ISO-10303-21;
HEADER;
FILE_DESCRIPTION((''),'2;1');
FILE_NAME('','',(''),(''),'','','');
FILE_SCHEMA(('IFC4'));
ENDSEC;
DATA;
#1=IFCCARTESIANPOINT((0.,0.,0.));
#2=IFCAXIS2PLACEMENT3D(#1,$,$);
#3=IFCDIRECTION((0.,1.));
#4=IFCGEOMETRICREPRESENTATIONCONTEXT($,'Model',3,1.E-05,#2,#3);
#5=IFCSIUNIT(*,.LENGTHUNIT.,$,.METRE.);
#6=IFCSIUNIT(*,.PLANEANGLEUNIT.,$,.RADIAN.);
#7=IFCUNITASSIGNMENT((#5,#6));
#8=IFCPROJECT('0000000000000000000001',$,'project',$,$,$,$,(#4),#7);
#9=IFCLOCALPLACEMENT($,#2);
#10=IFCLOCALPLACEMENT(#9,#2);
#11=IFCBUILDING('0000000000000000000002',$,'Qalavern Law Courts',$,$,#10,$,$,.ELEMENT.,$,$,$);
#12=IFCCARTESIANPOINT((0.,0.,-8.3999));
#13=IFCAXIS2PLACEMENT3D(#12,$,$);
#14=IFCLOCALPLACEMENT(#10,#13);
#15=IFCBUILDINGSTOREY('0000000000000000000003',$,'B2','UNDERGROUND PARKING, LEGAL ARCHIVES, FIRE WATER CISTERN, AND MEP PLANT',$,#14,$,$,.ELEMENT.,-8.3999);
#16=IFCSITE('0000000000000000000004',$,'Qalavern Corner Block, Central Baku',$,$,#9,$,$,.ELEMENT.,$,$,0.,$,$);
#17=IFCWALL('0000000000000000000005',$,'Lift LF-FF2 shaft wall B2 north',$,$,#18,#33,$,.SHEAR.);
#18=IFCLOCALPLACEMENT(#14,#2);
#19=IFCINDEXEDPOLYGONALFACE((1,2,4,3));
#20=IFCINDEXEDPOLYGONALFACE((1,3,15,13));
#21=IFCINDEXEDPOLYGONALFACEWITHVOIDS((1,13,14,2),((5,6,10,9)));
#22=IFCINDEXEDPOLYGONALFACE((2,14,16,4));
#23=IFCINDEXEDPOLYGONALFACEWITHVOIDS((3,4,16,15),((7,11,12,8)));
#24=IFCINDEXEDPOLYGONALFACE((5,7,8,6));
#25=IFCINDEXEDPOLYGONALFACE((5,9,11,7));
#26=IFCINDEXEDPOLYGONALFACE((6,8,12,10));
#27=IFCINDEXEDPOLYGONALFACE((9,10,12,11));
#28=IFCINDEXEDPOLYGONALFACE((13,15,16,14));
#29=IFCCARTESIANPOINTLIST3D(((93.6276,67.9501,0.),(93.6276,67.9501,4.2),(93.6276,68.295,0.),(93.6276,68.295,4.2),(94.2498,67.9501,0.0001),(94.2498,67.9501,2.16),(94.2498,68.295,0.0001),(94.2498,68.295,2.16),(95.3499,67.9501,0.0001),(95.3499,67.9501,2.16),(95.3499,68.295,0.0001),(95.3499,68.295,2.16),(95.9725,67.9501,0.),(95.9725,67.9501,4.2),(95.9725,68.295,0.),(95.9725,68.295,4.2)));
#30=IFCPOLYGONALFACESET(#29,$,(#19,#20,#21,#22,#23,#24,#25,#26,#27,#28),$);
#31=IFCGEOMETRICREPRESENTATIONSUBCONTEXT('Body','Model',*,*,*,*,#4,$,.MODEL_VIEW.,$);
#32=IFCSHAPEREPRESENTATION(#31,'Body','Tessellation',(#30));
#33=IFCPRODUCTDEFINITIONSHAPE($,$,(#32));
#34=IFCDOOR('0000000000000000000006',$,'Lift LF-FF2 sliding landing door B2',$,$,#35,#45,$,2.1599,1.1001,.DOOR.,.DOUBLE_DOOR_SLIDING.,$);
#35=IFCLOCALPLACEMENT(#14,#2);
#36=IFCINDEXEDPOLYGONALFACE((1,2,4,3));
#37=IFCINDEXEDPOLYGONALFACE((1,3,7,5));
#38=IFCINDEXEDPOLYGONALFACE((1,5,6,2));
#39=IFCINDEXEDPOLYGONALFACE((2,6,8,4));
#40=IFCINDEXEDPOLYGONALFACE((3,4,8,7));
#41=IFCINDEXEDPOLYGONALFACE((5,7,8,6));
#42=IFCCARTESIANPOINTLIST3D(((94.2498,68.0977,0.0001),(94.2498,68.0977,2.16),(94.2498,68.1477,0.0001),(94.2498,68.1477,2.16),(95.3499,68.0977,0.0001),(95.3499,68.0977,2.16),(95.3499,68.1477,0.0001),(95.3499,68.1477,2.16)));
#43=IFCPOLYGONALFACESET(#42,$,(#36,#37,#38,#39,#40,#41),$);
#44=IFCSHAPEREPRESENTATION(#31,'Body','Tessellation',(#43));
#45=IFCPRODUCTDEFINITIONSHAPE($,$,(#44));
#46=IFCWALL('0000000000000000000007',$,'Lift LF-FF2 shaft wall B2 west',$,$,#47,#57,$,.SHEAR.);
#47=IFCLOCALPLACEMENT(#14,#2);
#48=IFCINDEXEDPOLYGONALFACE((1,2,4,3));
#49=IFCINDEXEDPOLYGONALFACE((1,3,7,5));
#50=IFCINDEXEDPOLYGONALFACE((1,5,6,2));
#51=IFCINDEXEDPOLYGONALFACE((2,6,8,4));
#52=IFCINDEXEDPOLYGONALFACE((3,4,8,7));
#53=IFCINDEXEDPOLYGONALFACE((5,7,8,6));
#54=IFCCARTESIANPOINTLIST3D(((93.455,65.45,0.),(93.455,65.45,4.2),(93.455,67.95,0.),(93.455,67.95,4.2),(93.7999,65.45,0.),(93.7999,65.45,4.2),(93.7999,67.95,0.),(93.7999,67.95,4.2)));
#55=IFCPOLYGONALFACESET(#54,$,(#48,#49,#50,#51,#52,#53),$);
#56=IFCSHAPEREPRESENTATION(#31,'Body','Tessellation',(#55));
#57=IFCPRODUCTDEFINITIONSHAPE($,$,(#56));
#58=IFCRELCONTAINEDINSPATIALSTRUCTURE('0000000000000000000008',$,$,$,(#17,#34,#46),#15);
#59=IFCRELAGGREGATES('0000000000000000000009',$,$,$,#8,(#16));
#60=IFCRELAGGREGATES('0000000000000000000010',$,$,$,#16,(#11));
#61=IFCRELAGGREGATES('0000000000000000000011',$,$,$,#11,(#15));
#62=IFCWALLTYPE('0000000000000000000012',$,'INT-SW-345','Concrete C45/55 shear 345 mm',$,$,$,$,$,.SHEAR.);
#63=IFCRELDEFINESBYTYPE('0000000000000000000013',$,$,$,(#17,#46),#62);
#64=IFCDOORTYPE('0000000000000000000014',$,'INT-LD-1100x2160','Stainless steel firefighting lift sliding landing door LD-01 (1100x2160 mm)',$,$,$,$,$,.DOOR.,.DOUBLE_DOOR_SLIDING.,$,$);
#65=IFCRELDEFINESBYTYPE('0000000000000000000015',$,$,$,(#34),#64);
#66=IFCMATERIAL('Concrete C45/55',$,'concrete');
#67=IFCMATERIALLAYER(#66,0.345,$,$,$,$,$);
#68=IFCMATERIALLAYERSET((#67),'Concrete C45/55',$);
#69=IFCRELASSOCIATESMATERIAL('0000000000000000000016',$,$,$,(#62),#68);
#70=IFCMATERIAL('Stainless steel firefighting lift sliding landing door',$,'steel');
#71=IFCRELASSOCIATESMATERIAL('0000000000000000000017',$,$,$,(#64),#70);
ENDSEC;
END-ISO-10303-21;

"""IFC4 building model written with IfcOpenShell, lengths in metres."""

from ifc_helpers import new_model, si_unit, direction, frame, frame_2d, origin, place, context, subcontext, project, spatial, rectangle, extrude, material, layer, layer_set, type_object, element, fill, save


model = new_model("IFC4")

# Units and contexts
model_context = context("Model", 3, precision=1e-05, world=origin(), true_north=direction((0.0, 1.0)))
body_context = subcontext(model_context, "Body", "Model", "MODEL_VIEW")
ifc_project = project(units=[si_unit("LENGTHUNIT", "METRE"), si_unit("PLANEANGLEUNIT", "RADIAN")], contexts=[model_context])

# Site, building, storey
site_placement = place(None, origin())
site = spatial("IfcSite", under=ifc_project, at=site_placement, Name="Qalavern Corner Block, Central Baku", CompositionType="ELEMENT", RefElevation=0.0)
building_placement = place(site_placement, origin())
building = spatial("IfcBuilding", under=site, at=building_placement, Name="Qalavern Law Courts", CompositionType="ELEMENT")
storey_placement = place(building_placement, frame((0.0, 0.0, -8.3999)))
storey = spatial("IfcBuildingStorey", under=building, at=storey_placement, Name="B2", Description="UNDERGROUND PARKING, LEGAL ARCHIVES, FIRE WATER CISTERN, AND MEP PLANT", CompositionType="ELEMENT", Elevation=-8.3999)

# Shared definitions
ifc_material_1 = material(Name="Concrete C45/55", Category="concrete")
ifc_layer_1 = layer(ifc_material_1, 0.345)
ifc_layer_set_1 = layer_set([ifc_layer_1], Name="Concrete C45/55")
wall_type_1 = type_object("IfcWallType", Name="INT-SW-345", Description="Concrete C45/55 shear 345 mm", PredefinedType="SHEAR", material=ifc_layer_set_1)

# Wall, opening, door
wall_1_placement = place(storey_placement, frame((95.9724, 68.1226, 0.0), z_axis=(0.0, 0.0, 1.0), x_axis=(-1.0, 0.0, 0.0)))
wall_1 = element("IfcWall", 1, at=wall_1_placement, inside=storey, type_object=wall_type_1, Name="Lift LF-FF2 shaft wall B2 north", PredefinedType="SHEAR", context=body_context, shape_type="SweptSolid", body=[
    extrude(rectangle(XDim=2.345, YDim=0.345, at=frame_2d((1.1724, 0.0))), origin(), (0.0, 0.0, 1.0), 4.2),
])
opening_placement = place(wall_1_placement, frame((0.6226, 0.0, 0.0)))
opening = element("IfcOpeningElement", 2, at=opening_placement, cuts=wall_1, PredefinedType="OPENING", context=body_context, shape_type="SweptSolid", body=[
    extrude(rectangle(XDim=1.1001, YDim=2.1599, at=frame_2d((0.55, 1.0801))), frame((0.0, 0.1875, 0.0), z_axis=(0.0, -1.0, 0.0), x_axis=(1.0, 0.0, 0.0)), (0.0, 0.0, 1.0), 0.3748),
])
ifc_material_2 = material(Name="Stainless steel firefighting lift sliding landing door", Category="steel")
door_type = type_object("IfcDoorType", Name="INT-LD-1100x2160", Description="Stainless steel firefighting lift sliding landing door LD-01 (1100x2160 mm)", OperationType="DOUBLE_DOOR_SLIDING", PredefinedType="DOOR", material=ifc_material_2)
door_placement = place(opening_placement, origin())
door = element("IfcDoor", 3, at=door_placement, inside=storey, type_object=door_type, Name="Lift LF-FF2 sliding landing door B2", OperationType="DOUBLE_DOOR_SLIDING", OverallHeight=2.1599, OverallWidth=1.1001, PredefinedType="DOOR", context=body_context, shape_type="SweptSolid", body=[
    extrude(rectangle(XDim=1.1001, YDim=2.1599, at=frame_2d((0.55, 1.0801))), frame((0.0, 0.0249, 0.0), z_axis=(0.0, -1.0, 0.0), x_axis=(1.0, 0.0, 0.0)), (0.0, 0.0, 1.0), 0.05),
])
fill(opening, door)

# Wall
wall_2_placement = place(storey_placement, frame((93.6274, 67.95, 0.0), z_axis=(0.0, 0.0, 1.0), x_axis=(0.0, -1.0, 0.0)))
element("IfcWall", 4, at=wall_2_placement, inside=storey, type_object=wall_type_1, Name="Lift LF-FF2 shaft wall B2 west", PredefinedType="SHEAR", context=body_context, shape_type="SweptSolid", body=[
    extrude(rectangle(XDim=2.5, YDim=0.345, at=frame_2d((1.25, 0.0))), origin(), (0.0, 0.0, 1.0), 4.2),
])

save(model, "model.ifc")
